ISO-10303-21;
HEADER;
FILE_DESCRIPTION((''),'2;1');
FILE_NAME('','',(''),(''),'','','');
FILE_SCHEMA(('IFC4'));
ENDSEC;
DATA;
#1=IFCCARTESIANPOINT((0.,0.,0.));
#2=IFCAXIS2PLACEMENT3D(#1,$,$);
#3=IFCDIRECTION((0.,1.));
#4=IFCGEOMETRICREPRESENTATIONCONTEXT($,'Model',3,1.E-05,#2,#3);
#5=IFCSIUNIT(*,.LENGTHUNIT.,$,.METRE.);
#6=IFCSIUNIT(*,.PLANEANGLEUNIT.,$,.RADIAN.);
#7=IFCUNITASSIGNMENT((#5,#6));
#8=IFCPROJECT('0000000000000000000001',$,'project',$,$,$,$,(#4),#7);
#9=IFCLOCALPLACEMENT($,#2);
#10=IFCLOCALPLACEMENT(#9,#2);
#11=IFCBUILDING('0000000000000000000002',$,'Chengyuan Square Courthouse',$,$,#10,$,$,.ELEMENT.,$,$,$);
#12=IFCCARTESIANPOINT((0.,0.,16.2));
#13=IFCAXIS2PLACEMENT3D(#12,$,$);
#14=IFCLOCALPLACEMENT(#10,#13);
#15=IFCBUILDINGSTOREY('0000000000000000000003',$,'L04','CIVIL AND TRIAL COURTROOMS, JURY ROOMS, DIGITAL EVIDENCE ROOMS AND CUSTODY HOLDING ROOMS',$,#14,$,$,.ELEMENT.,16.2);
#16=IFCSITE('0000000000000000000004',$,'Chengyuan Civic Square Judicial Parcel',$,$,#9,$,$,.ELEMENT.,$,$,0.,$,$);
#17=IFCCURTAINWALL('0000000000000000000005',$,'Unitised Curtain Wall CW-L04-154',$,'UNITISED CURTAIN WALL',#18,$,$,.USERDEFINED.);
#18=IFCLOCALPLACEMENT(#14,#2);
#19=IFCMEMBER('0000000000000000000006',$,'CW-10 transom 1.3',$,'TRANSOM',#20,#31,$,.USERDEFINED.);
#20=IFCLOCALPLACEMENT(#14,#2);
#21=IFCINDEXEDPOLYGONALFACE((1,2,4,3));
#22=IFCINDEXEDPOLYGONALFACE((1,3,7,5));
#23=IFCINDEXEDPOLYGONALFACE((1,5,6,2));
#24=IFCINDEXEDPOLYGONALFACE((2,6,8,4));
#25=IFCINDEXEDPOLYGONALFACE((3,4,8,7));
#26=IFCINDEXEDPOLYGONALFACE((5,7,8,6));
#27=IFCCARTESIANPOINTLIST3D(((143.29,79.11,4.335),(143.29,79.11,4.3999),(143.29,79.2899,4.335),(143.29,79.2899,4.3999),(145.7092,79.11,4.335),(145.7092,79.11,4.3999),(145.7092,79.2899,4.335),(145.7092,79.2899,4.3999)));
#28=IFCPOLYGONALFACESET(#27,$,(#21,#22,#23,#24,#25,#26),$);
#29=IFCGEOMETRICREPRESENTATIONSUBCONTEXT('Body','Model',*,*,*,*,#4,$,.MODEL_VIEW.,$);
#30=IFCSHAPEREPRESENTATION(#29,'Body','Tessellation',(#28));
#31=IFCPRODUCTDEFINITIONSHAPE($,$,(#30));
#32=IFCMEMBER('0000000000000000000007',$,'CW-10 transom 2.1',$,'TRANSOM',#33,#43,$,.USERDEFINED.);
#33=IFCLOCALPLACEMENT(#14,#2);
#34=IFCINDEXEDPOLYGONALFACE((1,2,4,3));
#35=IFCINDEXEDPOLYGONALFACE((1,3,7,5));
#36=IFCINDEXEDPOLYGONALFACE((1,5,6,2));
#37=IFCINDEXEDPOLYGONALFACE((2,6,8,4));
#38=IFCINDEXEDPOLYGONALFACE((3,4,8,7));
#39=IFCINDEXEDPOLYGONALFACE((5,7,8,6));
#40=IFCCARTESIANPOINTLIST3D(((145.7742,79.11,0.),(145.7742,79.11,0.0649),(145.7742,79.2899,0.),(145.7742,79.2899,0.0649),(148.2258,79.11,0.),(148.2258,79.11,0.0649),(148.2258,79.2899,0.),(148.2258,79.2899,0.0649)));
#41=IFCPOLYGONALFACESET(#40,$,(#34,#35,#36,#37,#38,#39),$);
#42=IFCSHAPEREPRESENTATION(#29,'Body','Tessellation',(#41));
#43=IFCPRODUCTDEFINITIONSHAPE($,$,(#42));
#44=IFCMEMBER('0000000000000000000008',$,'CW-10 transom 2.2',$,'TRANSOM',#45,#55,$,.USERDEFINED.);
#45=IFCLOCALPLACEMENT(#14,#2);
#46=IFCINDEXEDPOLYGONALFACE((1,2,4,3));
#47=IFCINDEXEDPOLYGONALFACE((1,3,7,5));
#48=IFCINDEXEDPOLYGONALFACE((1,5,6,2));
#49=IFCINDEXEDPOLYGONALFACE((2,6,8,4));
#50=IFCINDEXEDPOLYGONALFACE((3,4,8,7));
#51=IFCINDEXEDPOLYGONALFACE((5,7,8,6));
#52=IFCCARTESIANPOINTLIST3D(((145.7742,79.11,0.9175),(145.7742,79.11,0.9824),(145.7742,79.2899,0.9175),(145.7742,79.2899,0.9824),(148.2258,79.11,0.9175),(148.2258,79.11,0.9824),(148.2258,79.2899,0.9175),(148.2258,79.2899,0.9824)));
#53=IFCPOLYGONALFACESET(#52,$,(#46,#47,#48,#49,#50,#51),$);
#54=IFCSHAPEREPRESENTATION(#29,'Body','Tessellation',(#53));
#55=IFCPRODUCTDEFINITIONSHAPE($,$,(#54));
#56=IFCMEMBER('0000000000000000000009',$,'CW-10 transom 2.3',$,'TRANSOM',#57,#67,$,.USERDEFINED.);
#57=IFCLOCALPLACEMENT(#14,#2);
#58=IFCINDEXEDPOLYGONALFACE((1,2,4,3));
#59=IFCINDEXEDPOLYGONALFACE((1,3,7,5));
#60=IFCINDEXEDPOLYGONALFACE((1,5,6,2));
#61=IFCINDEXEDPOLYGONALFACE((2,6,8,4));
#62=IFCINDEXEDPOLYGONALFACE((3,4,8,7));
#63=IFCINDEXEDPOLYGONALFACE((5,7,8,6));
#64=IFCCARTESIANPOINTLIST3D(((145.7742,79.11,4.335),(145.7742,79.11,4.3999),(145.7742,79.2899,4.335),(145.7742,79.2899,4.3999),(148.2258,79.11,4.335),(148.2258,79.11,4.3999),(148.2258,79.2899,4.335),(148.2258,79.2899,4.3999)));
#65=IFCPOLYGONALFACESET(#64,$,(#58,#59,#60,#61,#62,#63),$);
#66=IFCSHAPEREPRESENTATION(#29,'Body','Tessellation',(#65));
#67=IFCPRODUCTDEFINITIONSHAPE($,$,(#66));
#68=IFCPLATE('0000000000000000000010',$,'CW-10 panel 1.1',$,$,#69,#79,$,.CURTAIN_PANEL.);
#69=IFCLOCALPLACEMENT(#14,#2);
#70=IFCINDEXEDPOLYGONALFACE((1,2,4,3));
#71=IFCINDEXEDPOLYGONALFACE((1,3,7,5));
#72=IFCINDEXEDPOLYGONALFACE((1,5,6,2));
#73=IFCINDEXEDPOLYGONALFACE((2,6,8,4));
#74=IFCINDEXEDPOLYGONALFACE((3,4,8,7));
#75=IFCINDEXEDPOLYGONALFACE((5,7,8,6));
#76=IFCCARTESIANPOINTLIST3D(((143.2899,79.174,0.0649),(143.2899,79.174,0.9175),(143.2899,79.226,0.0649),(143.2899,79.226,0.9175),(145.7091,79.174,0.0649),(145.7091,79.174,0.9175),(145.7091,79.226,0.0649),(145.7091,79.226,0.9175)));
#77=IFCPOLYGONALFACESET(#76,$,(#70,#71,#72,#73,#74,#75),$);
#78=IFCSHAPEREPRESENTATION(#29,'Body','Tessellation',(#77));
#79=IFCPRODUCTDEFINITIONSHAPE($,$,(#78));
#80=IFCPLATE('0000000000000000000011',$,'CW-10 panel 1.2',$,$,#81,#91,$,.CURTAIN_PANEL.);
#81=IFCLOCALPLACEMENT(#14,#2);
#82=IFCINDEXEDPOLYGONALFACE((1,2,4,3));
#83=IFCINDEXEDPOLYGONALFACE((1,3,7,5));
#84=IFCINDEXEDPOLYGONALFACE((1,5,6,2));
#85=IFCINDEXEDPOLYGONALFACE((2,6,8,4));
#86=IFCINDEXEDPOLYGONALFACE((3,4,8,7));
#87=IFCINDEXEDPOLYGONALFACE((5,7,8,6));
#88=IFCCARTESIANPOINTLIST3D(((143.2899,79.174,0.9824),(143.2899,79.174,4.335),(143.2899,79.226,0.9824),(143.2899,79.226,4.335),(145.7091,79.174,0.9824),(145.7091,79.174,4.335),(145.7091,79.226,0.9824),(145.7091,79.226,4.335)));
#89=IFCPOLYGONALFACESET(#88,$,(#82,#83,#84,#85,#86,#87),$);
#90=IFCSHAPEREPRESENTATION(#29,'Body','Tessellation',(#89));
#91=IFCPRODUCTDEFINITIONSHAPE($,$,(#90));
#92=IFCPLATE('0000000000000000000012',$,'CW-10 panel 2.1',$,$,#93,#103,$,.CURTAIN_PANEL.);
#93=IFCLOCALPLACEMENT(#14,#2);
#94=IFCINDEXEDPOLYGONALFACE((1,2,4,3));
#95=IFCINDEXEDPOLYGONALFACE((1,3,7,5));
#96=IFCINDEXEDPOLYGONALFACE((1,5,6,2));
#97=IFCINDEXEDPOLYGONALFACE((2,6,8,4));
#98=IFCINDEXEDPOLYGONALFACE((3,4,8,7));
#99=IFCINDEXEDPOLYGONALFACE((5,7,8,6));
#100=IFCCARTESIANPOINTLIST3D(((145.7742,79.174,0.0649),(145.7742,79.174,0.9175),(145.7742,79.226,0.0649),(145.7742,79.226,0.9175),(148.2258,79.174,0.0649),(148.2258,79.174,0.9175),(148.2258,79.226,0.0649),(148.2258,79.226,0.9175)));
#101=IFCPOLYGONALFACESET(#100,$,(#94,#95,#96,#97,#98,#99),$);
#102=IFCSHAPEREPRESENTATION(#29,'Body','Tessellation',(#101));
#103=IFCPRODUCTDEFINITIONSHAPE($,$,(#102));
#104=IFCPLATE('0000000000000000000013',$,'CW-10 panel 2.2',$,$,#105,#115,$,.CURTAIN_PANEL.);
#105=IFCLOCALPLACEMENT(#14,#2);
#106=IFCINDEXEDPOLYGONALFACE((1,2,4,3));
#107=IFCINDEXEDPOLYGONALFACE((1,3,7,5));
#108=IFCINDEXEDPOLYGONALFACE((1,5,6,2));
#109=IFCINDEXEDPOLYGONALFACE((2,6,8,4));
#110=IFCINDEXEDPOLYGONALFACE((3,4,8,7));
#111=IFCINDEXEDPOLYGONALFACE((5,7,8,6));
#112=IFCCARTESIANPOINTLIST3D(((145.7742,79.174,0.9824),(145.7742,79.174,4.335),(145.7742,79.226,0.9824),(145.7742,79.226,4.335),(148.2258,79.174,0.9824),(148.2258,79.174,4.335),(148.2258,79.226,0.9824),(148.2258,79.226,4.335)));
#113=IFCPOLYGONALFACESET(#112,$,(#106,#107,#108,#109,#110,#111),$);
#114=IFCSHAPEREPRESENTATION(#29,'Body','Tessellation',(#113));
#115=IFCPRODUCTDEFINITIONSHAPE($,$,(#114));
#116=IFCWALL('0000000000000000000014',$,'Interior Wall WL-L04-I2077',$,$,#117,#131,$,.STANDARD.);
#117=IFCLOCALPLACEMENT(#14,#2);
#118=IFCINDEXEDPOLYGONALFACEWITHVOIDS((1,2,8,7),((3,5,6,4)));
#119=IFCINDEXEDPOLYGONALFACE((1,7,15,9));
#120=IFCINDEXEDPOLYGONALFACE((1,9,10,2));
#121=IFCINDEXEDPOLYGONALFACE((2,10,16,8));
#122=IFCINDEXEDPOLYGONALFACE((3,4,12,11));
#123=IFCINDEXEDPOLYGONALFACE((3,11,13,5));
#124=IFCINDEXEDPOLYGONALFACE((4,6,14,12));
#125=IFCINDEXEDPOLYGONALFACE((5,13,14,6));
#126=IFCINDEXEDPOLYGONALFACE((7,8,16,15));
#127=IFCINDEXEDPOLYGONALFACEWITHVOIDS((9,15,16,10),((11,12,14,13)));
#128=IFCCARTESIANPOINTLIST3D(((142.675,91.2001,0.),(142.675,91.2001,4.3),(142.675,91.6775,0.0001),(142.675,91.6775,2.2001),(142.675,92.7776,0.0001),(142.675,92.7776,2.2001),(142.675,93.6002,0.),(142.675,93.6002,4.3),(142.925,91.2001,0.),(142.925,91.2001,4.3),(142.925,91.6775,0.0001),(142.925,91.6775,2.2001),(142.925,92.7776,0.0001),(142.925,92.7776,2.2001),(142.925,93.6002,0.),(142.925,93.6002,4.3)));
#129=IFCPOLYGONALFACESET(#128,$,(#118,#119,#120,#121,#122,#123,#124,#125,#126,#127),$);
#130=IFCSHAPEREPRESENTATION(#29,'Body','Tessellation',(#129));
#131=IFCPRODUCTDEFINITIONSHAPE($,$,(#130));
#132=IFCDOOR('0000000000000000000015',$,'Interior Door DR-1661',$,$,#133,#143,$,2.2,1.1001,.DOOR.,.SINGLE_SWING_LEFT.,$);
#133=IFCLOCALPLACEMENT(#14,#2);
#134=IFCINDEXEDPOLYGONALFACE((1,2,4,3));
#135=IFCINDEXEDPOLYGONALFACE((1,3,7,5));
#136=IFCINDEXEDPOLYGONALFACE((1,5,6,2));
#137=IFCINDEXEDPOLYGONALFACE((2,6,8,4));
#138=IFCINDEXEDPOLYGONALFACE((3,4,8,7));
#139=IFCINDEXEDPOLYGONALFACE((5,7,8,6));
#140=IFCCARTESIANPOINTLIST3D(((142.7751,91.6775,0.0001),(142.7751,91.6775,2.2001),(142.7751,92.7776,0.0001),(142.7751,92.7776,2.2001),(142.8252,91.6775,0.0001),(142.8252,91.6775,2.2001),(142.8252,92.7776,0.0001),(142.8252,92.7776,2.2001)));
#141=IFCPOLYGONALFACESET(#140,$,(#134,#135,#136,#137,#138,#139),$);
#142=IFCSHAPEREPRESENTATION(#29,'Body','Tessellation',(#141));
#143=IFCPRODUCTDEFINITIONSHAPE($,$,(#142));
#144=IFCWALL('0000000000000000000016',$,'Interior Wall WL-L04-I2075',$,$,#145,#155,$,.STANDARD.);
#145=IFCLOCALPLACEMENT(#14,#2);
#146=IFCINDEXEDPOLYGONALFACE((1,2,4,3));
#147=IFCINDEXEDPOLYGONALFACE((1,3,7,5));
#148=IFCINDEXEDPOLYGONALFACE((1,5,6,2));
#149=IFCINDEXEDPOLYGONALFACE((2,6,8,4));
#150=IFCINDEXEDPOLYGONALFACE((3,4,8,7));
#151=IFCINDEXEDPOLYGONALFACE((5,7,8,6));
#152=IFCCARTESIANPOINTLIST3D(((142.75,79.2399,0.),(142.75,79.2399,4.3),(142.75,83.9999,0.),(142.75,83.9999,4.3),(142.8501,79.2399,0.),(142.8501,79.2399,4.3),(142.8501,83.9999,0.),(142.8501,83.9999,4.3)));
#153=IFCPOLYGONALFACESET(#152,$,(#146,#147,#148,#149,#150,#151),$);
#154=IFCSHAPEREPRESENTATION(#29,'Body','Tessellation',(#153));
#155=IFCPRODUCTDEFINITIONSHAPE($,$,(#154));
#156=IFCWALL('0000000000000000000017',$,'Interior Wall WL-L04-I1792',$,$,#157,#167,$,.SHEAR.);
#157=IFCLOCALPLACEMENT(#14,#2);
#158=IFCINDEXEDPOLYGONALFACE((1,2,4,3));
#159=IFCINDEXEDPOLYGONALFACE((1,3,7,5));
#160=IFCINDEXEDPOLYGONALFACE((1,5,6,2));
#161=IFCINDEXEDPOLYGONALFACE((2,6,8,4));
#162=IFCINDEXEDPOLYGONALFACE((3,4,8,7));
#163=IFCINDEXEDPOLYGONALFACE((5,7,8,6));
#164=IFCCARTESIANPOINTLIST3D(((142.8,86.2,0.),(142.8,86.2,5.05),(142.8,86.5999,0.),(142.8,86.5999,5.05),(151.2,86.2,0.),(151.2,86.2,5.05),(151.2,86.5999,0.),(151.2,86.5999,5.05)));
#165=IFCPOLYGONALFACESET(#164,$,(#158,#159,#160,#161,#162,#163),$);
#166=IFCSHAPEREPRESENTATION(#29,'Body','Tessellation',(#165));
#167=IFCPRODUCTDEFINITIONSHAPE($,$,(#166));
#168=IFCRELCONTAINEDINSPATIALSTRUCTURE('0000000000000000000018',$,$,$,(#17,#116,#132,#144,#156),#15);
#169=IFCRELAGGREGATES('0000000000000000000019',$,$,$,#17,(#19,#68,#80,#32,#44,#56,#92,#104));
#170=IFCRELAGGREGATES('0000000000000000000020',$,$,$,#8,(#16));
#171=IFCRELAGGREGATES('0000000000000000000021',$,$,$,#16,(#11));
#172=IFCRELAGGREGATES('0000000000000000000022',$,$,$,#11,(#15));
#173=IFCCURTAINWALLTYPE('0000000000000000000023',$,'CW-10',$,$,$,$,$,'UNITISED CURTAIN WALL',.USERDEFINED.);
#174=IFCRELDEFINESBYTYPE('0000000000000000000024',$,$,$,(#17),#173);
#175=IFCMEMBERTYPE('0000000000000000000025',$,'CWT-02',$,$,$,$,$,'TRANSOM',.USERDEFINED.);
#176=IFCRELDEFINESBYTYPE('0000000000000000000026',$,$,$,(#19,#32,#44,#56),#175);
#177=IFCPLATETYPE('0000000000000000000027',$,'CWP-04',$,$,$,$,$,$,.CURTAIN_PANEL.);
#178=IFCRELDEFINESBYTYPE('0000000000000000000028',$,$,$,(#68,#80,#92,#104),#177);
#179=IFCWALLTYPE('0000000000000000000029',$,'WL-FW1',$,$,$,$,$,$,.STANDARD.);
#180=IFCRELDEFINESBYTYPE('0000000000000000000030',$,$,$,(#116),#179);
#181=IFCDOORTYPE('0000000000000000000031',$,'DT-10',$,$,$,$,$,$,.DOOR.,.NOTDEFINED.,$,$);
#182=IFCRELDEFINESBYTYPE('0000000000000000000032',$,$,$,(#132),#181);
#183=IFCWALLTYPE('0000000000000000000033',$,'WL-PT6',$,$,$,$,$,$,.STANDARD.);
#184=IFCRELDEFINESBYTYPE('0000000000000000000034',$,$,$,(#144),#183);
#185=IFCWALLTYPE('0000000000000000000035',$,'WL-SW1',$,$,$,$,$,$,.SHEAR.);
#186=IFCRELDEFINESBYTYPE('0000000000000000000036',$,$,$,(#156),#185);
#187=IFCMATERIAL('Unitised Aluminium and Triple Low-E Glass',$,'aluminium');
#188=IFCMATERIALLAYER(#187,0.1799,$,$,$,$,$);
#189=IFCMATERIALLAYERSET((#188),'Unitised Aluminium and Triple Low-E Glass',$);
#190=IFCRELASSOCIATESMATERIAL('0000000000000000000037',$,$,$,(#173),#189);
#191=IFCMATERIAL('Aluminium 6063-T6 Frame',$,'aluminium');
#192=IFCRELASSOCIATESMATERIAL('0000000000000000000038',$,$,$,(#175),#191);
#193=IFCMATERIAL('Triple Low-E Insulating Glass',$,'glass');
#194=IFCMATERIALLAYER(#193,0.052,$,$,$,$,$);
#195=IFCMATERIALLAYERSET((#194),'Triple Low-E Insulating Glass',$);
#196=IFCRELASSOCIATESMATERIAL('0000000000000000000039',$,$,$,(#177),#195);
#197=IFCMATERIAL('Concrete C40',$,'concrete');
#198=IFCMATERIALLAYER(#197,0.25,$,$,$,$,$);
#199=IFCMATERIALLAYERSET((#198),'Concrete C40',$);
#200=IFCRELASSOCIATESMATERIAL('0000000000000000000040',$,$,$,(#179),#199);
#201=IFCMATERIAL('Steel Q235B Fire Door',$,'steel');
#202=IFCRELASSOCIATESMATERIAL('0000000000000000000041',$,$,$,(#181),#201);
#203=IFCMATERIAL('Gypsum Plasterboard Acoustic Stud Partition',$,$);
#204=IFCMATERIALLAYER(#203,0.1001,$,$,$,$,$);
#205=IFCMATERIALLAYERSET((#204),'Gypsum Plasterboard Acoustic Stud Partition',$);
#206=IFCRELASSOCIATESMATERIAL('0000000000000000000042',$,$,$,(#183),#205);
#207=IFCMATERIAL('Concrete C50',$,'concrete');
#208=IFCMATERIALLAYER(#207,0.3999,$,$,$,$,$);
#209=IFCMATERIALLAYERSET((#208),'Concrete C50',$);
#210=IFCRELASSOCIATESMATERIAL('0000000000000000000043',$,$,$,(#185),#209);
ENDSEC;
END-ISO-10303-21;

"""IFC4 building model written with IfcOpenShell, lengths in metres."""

from ifc_helpers import new_model, si_unit, direction, frame, frame_2d, origin, origin_2d, place, context, subcontext, project, spatial, rectangle, extrude, material, layer, layer_set, material_profile, profile_set, type_object, element, fill, aggregate, save


model = new_model("IFC4")

# Units and contexts
model_context = context("Model", 3, precision=1e-05, world=origin(), true_north=direction((0.0, 1.0)))
body_context = subcontext(model_context, "Body", "Model", "MODEL_VIEW")
ifc_project = project(units=[si_unit("LENGTHUNIT", "METRE"), si_unit("PLANEANGLEUNIT", "RADIAN")], contexts=[model_context])

# Site, building, storey
site_placement = place(None, origin())
site = spatial("IfcSite", under=ifc_project, at=site_placement, Name="Chengyuan Civic Square Judicial Parcel", CompositionType="ELEMENT", RefElevation=0.0)
building_placement = place(site_placement, origin())
building = spatial("IfcBuilding", under=site, at=building_placement, Name="Chengyuan Square Courthouse", CompositionType="ELEMENT")
storey_placement = place(building_placement, frame((0.0, 0.0, 16.2)))
storey = spatial("IfcBuildingStorey", under=building, at=storey_placement, Name="L04", Description="CIVIL AND TRIAL COURTROOMS, JURY ROOMS, DIGITAL EVIDENCE ROOMS AND CUSTODY HOLDING ROOMS", CompositionType="ELEMENT", Elevation=16.2)

# Shared definitions
ifc_material_1 = material(Name="Concrete C50", Category="concrete")

# Shared definitions
ifc_material_2 = material(Name="Concrete C40", Category="concrete")

# Curtain wall, members, plates
ifc_material_3 = material(Name="Unitised Aluminium and Triple Low-E Glass", Category="aluminium")
ifc_layer_1 = layer(ifc_material_3, 0.1799)
ifc_layer_set_1 = layer_set([ifc_layer_1], Name="Unitised Aluminium and Triple Low-E Glass")
curtain_wall_type = type_object("IfcCurtainWallType", Name="CW-10", ElementType="UNITISED CURTAIN WALL", PredefinedType="USERDEFINED", material=ifc_layer_set_1)
curtain_wall_placement = place(storey_placement, origin())
curtain_wall = element("IfcCurtainWall", 1, at=curtain_wall_placement, inside=storey, type_object=curtain_wall_type, Name="Unitised Curtain Wall CW-L04-154", ObjectType="UNITISED CURTAIN WALL", PredefinedType="USERDEFINED")
ifc_material_4 = material(Name="Aluminium 6063-T6 Frame", Category="aluminium")
ifc_material_profile_1 = material_profile(ifc_material_4, rectangle(XDim=0.1799, YDim=0.0649, at=origin_2d()), Name="CW-TRN-65x140")
ifc_profile_set_1 = profile_set([ifc_material_profile_1], Name="Aluminium 6063-T6 Frame")
member_type_1 = type_object("IfcMemberType", Name="CWT-02", ElementType="TRANSOM", PredefinedType="USERDEFINED", material=ifc_profile_set_1)
member_1_placement = place(storey_placement, frame((143.29, 79.2, 4.3674), z_axis=(1.0, 0.0, 0.0), x_axis=(0.0, 1.0, 0.0)))
member_1 = element("IfcMember", 2, at=member_1_placement, type_object=member_type_1, Name="CW-10 transom 1.3", ObjectType="TRANSOM", PredefinedType="USERDEFINED", context=body_context, shape_type="SweptSolid", body=[
    extrude(rectangle(XDim=0.1799, YDim=0.0649, at=origin_2d()), origin(), (0.0, 0.0, 1.0), 2.4192),
])
member_2_placement = place(storey_placement, frame((145.7742, 79.2, 0.0325), z_axis=(1.0, 0.0, 0.0), x_axis=(0.0, 1.0, 0.0)))
member_2 = element("IfcMember", 3, at=member_2_placement, type_object=member_type_1, Name="CW-10 transom 2.1", ObjectType="TRANSOM", PredefinedType="USERDEFINED", context=body_context, shape_type="SweptSolid", body=[
    extrude(rectangle(XDim=0.1799, YDim=0.0649, at=origin_2d()), origin(), (0.0, 0.0, 1.0), 2.4517),
])
member_3_placement = place(storey_placement, frame((145.7742, 79.2, 0.95), z_axis=(1.0, 0.0, 0.0), x_axis=(0.0, 1.0, 0.0)))
member_3 = element("IfcMember", 4, at=member_3_placement, type_object=member_type_1, Name="CW-10 transom 2.2", ObjectType="TRANSOM", PredefinedType="USERDEFINED", context=body_context, shape_type="SweptSolid", body=[
    extrude(rectangle(XDim=0.1799, YDim=0.0649, at=origin_2d()), origin(), (0.0, 0.0, 1.0), 2.4517),
])
member_4_placement = place(storey_placement, frame((145.7742, 79.2, 4.3674), z_axis=(1.0, 0.0, 0.0), x_axis=(0.0, 1.0, 0.0)))
member_4 = element("IfcMember", 5, at=member_4_placement, type_object=member_type_1, Name="CW-10 transom 2.3", ObjectType="TRANSOM", PredefinedType="USERDEFINED", context=body_context, shape_type="SweptSolid", body=[
    extrude(rectangle(XDim=0.1799, YDim=0.0649, at=origin_2d()), origin(), (0.0, 0.0, 1.0), 2.4517),
])
ifc_material_5 = material(Name="Triple Low-E Insulating Glass", Category="glass")
ifc_layer_2 = layer(ifc_material_5, 0.052)
ifc_layer_set_2 = layer_set([ifc_layer_2], Name="Triple Low-E Insulating Glass")
plate_type = type_object("IfcPlateType", Name="CWP-04", PredefinedType="CURTAIN_PANEL", material=ifc_layer_set_2)
plate_1_placement = place(storey_placement, frame((144.4995, 79.2, 0.0649), z_axis=(0.0, 0.0, 1.0), x_axis=(1.0, 0.0, 0.0)))
plate_1 = element("IfcPlate", 6, at=plate_1_placement, type_object=plate_type, Name="CW-10 panel 1.1", PredefinedType="CURTAIN_PANEL", context=body_context, shape_type="SweptSolid", body=[
    extrude(rectangle(XDim=2.4192, YDim=0.052, at=origin_2d()), origin(), (0.0, 0.0, 1.0), 0.8525),
])
plate_2_placement = place(storey_placement, frame((144.4995, 79.2, 0.9824), z_axis=(0.0, 0.0, 1.0), x_axis=(1.0, 0.0, 0.0)))
plate_2 = element("IfcPlate", 7, at=plate_2_placement, type_object=plate_type, Name="CW-10 panel 1.2", PredefinedType="CURTAIN_PANEL", context=body_context, shape_type="SweptSolid", body=[
    extrude(rectangle(XDim=2.4192, YDim=0.052, at=origin_2d()), origin(), (0.0, 0.0, 1.0), 3.3525),
])
plate_3_placement = place(storey_placement, frame((147.0, 79.2, 0.0649), z_axis=(0.0, 0.0, 1.0), x_axis=(1.0, 0.0, 0.0)))
plate_3 = element("IfcPlate", 8, at=plate_3_placement, type_object=plate_type, Name="CW-10 panel 2.1", PredefinedType="CURTAIN_PANEL", context=body_context, shape_type="SweptSolid", body=[
    extrude(rectangle(XDim=2.4517, YDim=0.052, at=origin_2d()), origin(), (0.0, 0.0, 1.0), 0.8525),
])
plate_4_placement = place(storey_placement, frame((147.0, 79.2, 0.9824), z_axis=(0.0, 0.0, 1.0), x_axis=(1.0, 0.0, 0.0)))
plate_4 = element("IfcPlate", 9, at=plate_4_placement, type_object=plate_type, Name="CW-10 panel 2.2", PredefinedType="CURTAIN_PANEL", context=body_context, shape_type="SweptSolid", body=[
    extrude(rectangle(XDim=2.4517, YDim=0.052, at=origin_2d()), origin(), (0.0, 0.0, 1.0), 3.3525),
])
aggregate(curtain_wall, [member_1, plate_1, plate_2, member_2, member_3, member_4, plate_3, plate_4])

# Wall, opening, door
ifc_layer_3 = layer(ifc_material_2, 0.25)
ifc_layer_set_3 = layer_set([ifc_layer_3], Name="Concrete C40")
wall_type_1 = type_object("IfcWallType", Name="WL-FW1", PredefinedType="STANDARD", material=ifc_layer_set_3)
wall_1_placement = place(storey_placement, frame((142.8, 91.2, 0.0), z_axis=(0.0, 0.0, 1.0), x_axis=(0.0, 1.0, 0.0)))
wall_1 = element("IfcWall", 10, at=wall_1_placement, inside=storey, type_object=wall_type_1, Name="Interior Wall WL-L04-I2077", PredefinedType="STANDARD", context=body_context, shape_type="SweptSolid", body=[
    extrude(rectangle(XDim=2.4001, YDim=0.25, at=frame_2d((1.2002, 0.0))), origin(), (0.0, 0.0, 1.0), 4.3),
])
opening_1_placement = place(wall_1_placement, frame((0.4775, 0.0, 0.0)))
opening_1 = element("IfcOpeningElement", 11, at=opening_1_placement, cuts=wall_1, PredefinedType="OPENING", context=body_context, shape_type="SweptSolid", body=[
    extrude(rectangle(XDim=1.1001, YDim=2.2, at=frame_2d((0.55, 1.1001))), frame((0.0, 0.137, 0.0), z_axis=(0.0, -1.0, 0.0), x_axis=(1.0, 0.0, 0.0)), (0.0, 0.0, 1.0), 0.2739),
])
ifc_material_6 = material(Name="Steel Q235B Fire Door", Category="steel")
door_type = type_object("IfcDoorType", Name="DT-10", OperationType="NOTDEFINED", PredefinedType="DOOR", material=ifc_material_6)
door_1_placement = place(opening_1_placement, origin())
door_1 = element("IfcDoor", 12, at=door_1_placement, inside=storey, type_object=door_type, Name="Interior Door DR-1661", OperationType="SINGLE_SWING_LEFT", OverallHeight=2.2, OverallWidth=1.1001, PredefinedType="DOOR", context=body_context, shape_type="SweptSolid", body=[
    extrude(rectangle(XDim=1.1001, YDim=2.2, at=frame_2d((0.55, 1.1001))), frame((0.0, 0.0249, 0.0), z_axis=(0.0, -1.0, 0.0), x_axis=(1.0, 0.0, 0.0)), (0.0, 0.0, 1.0), 0.05),
])
fill(opening_1, door_1)

# Walls
ifc_material_7 = material(Name="Gypsum Plasterboard Acoustic Stud Partition")
ifc_layer_4 = layer(ifc_material_7, 0.1001)
ifc_layer_set_4 = layer_set([ifc_layer_4], Name="Gypsum Plasterboard Acoustic Stud Partition")
wall_type_2 = type_object("IfcWallType", Name="WL-PT6", PredefinedType="STANDARD", material=ifc_layer_set_4)
wall_2_placement = place(storey_placement, frame((142.8, 79.24, 0.0), z_axis=(0.0, 0.0, 1.0), x_axis=(0.0, 1.0, 0.0)))
element("IfcWall", 13, at=wall_2_placement, inside=storey, type_object=wall_type_2, Name="Interior Wall WL-L04-I2075", PredefinedType="STANDARD", context=body_context, shape_type="SweptSolid", body=[
    extrude(rectangle(XDim=4.76, YDim=0.1001, at=frame_2d((2.3799, 0.0))), origin(), (0.0, 0.0, 1.0), 4.3),
])
ifc_layer_5 = layer(ifc_material_1, 0.3999)
ifc_layer_set_5 = layer_set([ifc_layer_5], Name="Concrete C50")
wall_type_3 = type_object("IfcWallType", Name="WL-SW1", PredefinedType="SHEAR", material=ifc_layer_set_5)
wall_3_placement = place(storey_placement, frame((142.8, 86.3999, 0.0), z_axis=(0.0, 0.0, 1.0), x_axis=(1.0, 0.0, 0.0)))
element("IfcWall", 14, at=wall_3_placement, inside=storey, type_object=wall_type_3, Name="Interior Wall WL-L04-I1792", PredefinedType="SHEAR", context=body_context, shape_type="SweptSolid", body=[
    extrude(rectangle(XDim=8.3999, YDim=0.3999, at=frame_2d((4.2, 0.0))), origin(), (0.0, 0.0, 1.0), 5.05),
])

save(model, "model.ifc")
